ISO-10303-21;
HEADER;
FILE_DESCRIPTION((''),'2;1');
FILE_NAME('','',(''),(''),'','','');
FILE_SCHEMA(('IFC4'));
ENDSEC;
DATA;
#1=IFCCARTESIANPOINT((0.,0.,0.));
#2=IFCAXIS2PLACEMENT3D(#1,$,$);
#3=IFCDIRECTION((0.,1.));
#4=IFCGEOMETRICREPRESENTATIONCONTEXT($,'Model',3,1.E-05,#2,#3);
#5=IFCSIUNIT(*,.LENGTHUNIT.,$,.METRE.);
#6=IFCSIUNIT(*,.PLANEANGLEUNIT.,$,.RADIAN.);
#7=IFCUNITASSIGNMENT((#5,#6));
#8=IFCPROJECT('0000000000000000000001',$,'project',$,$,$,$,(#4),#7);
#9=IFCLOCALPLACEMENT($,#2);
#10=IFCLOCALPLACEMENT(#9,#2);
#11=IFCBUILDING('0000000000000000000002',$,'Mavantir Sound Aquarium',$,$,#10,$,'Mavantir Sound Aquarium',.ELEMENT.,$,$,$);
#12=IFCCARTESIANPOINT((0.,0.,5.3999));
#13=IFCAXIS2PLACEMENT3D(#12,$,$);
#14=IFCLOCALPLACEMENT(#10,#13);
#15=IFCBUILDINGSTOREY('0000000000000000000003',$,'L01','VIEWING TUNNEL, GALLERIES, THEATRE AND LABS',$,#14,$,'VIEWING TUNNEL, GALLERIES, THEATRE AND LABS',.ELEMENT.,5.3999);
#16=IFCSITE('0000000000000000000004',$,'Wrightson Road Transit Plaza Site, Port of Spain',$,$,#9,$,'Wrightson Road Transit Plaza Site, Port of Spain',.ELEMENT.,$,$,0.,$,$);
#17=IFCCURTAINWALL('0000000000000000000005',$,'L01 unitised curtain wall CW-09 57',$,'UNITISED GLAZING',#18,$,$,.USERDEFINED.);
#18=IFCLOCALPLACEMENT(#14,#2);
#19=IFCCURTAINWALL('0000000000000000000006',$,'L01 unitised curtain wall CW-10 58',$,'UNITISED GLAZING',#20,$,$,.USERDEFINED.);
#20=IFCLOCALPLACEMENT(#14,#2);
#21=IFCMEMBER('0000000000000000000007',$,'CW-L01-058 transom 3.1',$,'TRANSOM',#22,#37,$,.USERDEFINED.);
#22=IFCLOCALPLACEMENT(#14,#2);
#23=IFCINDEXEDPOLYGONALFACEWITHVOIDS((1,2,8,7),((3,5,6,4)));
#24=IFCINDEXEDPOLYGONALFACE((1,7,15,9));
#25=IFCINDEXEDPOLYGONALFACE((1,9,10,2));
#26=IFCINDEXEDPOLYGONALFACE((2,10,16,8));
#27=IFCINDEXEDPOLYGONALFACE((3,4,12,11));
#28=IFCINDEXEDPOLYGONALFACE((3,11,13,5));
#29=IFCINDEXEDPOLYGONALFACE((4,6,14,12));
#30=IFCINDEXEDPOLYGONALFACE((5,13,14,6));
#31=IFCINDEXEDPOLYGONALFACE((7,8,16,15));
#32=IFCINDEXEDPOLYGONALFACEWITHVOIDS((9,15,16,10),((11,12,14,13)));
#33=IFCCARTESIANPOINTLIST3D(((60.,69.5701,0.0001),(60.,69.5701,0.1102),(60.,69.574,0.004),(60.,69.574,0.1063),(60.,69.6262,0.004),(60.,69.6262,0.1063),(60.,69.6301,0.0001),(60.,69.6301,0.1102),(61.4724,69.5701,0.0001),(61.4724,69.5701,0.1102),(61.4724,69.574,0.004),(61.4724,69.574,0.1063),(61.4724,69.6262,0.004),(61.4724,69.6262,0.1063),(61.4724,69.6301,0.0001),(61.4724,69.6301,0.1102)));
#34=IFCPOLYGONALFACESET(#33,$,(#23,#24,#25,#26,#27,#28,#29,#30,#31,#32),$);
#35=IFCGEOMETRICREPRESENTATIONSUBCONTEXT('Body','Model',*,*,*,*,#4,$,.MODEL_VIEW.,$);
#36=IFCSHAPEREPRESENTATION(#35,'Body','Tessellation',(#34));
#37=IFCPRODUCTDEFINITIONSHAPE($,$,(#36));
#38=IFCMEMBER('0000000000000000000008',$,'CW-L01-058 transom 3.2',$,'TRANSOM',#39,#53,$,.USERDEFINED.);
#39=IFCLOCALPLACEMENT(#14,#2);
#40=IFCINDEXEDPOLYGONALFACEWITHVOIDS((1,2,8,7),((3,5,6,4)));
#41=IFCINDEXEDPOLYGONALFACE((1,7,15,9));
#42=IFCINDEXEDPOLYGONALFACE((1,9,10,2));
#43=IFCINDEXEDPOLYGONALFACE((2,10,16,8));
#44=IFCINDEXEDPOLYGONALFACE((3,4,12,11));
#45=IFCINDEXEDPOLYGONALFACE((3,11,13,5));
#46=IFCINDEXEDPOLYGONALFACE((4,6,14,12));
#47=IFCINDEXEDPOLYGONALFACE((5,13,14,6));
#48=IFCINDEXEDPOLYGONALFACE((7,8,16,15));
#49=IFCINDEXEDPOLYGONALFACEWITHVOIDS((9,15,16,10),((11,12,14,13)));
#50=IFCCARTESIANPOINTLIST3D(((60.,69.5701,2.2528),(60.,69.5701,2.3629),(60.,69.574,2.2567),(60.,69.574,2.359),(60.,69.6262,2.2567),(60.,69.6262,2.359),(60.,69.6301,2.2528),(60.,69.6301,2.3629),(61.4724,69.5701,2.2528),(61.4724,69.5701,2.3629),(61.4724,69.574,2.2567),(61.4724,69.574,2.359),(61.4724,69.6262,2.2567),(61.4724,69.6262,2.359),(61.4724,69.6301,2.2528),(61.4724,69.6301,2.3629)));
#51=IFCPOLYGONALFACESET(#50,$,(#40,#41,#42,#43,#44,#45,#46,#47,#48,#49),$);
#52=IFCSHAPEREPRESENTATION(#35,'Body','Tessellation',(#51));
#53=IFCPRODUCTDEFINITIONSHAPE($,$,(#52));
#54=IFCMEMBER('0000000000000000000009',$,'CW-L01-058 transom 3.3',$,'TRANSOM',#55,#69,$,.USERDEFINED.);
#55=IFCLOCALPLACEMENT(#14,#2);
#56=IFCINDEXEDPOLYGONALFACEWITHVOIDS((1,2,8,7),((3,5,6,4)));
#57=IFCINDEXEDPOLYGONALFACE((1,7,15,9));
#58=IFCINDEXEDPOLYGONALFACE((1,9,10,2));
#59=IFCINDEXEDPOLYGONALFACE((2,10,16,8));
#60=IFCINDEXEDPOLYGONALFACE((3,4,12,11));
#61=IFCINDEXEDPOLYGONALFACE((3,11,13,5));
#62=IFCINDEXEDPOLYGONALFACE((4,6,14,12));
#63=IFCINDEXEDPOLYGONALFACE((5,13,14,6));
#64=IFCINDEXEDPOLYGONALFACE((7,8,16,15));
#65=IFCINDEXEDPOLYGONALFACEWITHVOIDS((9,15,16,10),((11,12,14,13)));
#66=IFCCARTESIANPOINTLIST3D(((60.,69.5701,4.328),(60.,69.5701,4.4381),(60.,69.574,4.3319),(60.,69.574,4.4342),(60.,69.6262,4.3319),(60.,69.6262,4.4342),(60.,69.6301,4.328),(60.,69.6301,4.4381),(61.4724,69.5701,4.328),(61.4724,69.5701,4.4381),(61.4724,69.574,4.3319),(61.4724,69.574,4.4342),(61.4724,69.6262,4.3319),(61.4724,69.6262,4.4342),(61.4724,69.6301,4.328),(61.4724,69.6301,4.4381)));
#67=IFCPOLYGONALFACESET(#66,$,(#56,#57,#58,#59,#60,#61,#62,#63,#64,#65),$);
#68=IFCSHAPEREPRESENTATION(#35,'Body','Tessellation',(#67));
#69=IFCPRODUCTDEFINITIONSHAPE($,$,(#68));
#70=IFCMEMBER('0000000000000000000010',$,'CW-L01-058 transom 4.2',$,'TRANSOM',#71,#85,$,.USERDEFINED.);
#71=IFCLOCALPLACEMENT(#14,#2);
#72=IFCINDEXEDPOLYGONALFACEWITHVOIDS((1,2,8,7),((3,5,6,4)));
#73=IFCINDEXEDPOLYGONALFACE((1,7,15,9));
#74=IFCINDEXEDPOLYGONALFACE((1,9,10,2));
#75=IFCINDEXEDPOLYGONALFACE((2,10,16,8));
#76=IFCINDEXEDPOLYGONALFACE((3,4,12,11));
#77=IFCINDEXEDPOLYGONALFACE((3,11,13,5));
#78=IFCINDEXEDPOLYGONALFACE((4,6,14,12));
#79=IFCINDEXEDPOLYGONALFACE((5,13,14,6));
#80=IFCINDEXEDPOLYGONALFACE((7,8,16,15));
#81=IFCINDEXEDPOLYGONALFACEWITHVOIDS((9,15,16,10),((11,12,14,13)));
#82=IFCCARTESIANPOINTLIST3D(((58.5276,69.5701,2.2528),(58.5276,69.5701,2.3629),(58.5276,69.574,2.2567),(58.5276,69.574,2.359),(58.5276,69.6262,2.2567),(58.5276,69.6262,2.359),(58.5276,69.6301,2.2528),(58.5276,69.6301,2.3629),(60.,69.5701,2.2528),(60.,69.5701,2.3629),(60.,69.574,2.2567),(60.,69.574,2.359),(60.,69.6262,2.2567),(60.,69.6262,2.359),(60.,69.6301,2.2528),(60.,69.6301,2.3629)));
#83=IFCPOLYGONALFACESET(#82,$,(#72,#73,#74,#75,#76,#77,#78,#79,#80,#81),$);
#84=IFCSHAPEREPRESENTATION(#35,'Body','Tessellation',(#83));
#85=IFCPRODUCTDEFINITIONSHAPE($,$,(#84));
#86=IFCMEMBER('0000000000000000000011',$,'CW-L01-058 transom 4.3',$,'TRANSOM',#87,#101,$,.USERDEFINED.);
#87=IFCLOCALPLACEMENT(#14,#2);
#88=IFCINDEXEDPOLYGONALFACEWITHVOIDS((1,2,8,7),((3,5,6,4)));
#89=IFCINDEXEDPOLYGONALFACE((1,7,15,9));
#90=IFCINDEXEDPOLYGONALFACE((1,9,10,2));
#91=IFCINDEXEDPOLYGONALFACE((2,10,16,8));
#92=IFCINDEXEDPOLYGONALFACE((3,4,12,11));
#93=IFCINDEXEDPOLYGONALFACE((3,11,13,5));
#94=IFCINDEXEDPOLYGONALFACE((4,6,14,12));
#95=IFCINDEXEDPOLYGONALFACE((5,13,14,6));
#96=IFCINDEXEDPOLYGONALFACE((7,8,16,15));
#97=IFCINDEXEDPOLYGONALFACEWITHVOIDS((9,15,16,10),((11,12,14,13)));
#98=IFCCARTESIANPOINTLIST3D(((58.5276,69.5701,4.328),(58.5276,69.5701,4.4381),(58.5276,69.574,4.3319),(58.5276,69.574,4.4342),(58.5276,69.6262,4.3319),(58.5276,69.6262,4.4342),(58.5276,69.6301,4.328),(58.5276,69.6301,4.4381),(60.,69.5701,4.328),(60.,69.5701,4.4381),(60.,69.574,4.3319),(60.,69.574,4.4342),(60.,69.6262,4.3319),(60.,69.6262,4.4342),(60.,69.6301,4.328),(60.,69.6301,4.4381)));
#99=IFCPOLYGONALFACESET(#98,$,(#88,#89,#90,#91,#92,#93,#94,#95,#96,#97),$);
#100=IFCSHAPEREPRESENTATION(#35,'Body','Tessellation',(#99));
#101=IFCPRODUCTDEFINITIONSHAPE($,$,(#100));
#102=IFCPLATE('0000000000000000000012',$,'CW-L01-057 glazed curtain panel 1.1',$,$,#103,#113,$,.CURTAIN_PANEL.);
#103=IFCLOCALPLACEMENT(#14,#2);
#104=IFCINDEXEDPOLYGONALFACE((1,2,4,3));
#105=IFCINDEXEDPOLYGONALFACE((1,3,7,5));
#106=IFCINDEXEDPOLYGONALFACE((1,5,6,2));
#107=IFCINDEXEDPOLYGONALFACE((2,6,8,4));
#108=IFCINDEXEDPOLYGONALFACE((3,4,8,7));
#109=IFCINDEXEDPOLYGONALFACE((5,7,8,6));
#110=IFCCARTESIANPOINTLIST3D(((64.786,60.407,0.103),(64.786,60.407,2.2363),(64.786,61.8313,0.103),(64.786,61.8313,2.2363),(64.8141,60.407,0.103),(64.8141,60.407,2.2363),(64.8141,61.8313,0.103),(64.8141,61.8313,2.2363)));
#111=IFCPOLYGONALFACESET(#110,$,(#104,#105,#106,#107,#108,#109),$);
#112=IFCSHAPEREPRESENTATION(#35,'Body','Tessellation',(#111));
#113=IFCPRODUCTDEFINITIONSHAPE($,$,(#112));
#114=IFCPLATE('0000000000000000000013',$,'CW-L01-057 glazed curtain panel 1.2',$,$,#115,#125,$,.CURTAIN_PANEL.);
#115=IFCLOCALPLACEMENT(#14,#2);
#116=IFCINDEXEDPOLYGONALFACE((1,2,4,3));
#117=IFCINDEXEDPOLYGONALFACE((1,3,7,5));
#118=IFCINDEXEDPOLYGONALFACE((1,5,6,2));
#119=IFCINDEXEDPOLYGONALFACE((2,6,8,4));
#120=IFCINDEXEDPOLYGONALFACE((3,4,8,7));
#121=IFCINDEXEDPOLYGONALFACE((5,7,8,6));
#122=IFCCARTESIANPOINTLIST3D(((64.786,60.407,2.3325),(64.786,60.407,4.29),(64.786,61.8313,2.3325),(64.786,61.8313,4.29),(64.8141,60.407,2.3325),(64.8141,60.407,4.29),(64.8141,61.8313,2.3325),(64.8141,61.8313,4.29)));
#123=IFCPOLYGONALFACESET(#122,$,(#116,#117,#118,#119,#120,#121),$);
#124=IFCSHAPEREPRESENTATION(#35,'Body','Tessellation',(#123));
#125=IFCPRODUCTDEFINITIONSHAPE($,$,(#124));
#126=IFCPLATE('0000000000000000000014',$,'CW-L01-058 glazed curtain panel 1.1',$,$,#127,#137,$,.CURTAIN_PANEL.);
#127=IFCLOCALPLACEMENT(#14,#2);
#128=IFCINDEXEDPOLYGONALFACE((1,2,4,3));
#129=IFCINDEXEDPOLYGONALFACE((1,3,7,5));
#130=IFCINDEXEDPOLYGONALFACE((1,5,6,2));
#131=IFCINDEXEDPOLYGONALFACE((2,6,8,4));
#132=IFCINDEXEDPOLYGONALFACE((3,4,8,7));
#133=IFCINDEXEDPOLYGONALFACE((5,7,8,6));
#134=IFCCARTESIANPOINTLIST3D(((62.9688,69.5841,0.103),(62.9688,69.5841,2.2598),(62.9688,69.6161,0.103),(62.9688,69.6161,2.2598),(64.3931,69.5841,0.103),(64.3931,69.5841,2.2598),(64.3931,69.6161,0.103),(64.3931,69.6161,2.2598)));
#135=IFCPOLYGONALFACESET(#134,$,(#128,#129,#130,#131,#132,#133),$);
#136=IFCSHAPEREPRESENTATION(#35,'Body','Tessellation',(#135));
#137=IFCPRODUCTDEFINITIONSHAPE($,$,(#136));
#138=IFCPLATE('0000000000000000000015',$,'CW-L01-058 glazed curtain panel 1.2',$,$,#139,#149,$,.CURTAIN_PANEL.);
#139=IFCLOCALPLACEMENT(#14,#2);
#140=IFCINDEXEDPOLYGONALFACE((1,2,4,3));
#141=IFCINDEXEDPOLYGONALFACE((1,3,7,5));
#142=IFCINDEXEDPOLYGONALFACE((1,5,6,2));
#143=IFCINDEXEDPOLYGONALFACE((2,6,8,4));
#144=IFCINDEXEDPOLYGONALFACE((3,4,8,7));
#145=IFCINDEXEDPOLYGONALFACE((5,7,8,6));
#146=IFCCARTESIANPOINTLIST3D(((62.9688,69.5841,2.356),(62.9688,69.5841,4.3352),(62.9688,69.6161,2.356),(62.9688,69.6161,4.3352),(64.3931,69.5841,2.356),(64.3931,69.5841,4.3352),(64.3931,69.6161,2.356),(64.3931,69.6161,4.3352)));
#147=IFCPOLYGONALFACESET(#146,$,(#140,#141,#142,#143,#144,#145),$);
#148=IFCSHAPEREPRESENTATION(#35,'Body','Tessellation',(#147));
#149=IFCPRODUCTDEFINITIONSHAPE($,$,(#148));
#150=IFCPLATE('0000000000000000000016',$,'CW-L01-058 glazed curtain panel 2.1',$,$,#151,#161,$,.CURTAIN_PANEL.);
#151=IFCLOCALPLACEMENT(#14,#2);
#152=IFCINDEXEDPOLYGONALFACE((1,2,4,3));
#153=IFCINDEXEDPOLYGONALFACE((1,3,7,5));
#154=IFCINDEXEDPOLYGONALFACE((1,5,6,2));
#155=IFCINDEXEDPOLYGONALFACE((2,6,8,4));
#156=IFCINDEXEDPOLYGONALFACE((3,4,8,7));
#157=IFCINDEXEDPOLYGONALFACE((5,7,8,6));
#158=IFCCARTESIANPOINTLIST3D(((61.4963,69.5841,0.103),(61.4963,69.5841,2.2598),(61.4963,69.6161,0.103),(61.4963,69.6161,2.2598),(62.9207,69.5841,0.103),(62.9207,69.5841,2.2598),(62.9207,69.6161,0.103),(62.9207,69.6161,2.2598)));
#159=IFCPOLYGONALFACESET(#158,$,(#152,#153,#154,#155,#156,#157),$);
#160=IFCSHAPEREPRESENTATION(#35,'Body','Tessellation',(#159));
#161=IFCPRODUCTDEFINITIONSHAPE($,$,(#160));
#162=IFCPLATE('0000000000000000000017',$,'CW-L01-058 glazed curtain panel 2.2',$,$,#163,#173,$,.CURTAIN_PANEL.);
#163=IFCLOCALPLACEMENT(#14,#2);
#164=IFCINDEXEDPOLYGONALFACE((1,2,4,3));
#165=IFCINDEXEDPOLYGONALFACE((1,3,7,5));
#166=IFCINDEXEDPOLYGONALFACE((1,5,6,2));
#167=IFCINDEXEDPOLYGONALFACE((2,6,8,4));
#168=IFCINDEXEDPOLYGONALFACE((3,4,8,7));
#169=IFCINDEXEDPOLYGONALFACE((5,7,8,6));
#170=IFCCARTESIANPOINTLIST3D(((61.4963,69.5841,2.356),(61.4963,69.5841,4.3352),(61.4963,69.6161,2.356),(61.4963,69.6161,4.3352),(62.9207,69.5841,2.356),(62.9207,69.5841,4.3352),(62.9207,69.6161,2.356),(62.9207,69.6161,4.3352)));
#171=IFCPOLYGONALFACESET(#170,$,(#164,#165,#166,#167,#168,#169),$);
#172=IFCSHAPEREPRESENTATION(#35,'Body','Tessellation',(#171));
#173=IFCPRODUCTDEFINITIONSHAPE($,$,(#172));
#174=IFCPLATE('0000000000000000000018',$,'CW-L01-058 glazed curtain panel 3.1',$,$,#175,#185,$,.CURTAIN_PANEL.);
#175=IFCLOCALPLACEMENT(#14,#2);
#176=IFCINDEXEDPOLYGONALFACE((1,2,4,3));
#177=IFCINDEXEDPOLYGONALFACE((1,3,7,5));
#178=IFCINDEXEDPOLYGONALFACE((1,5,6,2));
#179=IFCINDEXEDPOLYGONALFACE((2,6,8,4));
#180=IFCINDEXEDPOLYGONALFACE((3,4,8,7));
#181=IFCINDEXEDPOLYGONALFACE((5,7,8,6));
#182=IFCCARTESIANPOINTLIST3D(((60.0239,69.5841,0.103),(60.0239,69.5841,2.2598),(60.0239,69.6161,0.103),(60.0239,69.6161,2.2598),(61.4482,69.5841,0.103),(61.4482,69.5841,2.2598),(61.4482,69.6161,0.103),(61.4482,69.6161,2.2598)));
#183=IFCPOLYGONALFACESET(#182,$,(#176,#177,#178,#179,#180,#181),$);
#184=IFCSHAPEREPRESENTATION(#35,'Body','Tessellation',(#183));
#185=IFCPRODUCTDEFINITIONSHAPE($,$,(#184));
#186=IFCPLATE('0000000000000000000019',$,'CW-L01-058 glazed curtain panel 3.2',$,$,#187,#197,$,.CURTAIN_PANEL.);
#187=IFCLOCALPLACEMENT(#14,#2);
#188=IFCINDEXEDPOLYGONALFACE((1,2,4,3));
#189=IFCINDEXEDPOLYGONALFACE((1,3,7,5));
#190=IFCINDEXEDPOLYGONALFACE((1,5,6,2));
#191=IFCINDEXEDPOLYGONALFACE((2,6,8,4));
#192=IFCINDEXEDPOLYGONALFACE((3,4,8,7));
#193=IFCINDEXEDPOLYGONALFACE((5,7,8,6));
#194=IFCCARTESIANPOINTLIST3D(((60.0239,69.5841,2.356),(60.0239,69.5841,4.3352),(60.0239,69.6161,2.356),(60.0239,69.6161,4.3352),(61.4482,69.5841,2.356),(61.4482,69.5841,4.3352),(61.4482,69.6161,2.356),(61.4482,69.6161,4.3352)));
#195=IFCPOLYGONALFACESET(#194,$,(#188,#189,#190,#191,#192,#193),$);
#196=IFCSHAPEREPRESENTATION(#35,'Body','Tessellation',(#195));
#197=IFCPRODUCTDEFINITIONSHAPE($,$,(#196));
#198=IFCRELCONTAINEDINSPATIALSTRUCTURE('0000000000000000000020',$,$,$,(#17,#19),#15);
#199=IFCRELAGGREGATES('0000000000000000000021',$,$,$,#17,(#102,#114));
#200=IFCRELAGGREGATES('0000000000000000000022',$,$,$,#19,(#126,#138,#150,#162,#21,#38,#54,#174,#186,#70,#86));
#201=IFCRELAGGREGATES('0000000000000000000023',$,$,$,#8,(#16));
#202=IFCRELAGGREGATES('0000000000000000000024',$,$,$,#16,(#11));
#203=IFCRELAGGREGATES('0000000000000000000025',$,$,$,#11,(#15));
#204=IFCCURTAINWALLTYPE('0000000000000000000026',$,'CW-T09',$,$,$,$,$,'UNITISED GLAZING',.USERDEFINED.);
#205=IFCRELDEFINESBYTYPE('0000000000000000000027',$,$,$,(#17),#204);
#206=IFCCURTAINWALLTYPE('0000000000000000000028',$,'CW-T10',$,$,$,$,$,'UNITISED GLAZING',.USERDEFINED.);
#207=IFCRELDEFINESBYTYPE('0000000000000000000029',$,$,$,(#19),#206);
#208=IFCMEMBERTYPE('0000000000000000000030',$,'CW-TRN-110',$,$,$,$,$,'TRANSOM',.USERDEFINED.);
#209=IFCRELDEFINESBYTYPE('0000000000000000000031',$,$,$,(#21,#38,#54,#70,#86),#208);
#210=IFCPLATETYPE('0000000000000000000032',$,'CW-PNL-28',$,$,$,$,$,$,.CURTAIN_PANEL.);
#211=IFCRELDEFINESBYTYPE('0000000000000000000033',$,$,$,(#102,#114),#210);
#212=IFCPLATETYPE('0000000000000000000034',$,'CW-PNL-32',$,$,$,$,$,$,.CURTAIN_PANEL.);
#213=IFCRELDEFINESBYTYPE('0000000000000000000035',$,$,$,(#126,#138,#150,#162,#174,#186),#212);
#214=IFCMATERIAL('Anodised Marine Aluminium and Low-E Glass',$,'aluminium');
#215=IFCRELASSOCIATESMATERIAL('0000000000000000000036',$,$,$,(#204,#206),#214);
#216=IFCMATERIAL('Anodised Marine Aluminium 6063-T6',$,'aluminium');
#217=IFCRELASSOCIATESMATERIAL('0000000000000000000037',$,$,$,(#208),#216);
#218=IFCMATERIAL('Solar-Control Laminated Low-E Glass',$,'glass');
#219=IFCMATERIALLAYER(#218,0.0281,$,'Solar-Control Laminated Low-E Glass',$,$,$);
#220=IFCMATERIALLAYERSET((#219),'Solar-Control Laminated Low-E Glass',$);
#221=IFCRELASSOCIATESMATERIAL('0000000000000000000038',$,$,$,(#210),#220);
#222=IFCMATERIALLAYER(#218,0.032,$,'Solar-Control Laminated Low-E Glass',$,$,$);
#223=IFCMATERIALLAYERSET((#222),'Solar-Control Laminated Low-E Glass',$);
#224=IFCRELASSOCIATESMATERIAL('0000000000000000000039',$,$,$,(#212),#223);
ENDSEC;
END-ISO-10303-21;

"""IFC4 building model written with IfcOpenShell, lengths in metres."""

from ifc_helpers import new_model, si_unit, direction, frame, origin, origin_2d, place, context, subcontext, project, spatial, rectangle, hollow_rectangle, extrude, material, layer, layer_set, material_profile, profile_set, type_object, element, aggregate, save


model = new_model("IFC4")

# Units and contexts
model_context = context("Model", 3, precision=1e-05, world=origin(), true_north=direction((0.0, 1.0)))
body_context = subcontext(model_context, "Body", "Model", "MODEL_VIEW")
ifc_project = project(units=[si_unit("LENGTHUNIT", "METRE"), si_unit("PLANEANGLEUNIT", "RADIAN")], contexts=[model_context])

# Site, building, storey
site_placement = place(None, origin())
site = spatial("IfcSite", under=ifc_project, at=site_placement, Name="Wrightson Road Transit Plaza Site, Port of Spain", LongName="Wrightson Road Transit Plaza Site, Port of Spain", CompositionType="ELEMENT", RefElevation=0.0)
building_placement = place(site_placement, origin())
building = spatial("IfcBuilding", under=site, at=building_placement, Name="Mavantir Sound Aquarium", LongName="Mavantir Sound Aquarium", CompositionType="ELEMENT")
storey_placement = place(building_placement, frame((0.0, 0.0, 5.3999)))
storey = spatial("IfcBuildingStorey", under=building, at=storey_placement, Name="L01", Description="VIEWING TUNNEL, GALLERIES, THEATRE AND LABS", LongName="VIEWING TUNNEL, GALLERIES, THEATRE AND LABS", CompositionType="ELEMENT", Elevation=5.3999)

# Curtain walls
ifc_material_1 = material(Name="Anodised Marine Aluminium and Low-E Glass", Category="aluminium")
curtain_wall_type_1 = type_object("IfcCurtainWallType", Name="CW-T09", ElementType="UNITISED GLAZING", PredefinedType="USERDEFINED", material=ifc_material_1)
curtain_wall_1_placement = place(storey_placement, origin())
curtain_wall_1 = element("IfcCurtainWall", 1, at=curtain_wall_1_placement, inside=storey, type_object=curtain_wall_type_1, Name="L01 unitised curtain wall CW-09 57", ObjectType="UNITISED GLAZING", PredefinedType="USERDEFINED")
ifc_material_2 = material(Name="Anodised Marine Aluminium 6063-T6", Category="aluminium")
curtain_wall_type_2 = type_object("IfcCurtainWallType", Name="CW-T10", ElementType="UNITISED GLAZING", PredefinedType="USERDEFINED", material=ifc_material_1)
curtain_wall_2_placement = place(storey_placement, origin())
curtain_wall_2 = element("IfcCurtainWall", 2, at=curtain_wall_2_placement, inside=storey, type_object=curtain_wall_type_2, Name="L01 unitised curtain wall CW-10 58", ObjectType="UNITISED GLAZING", PredefinedType="USERDEFINED")

# Members
ifc_material_profile_1 = material_profile(ifc_material_2, hollow_rectangle(XDim=0.0601, YDim=0.1101, WallThickness=0.0039, at=origin_2d()), Name="ALU-TRANSOM-110X60")
ifc_profile_set_1 = profile_set([ifc_material_profile_1], Name="Anodised Marine Aluminium 6063-T6")
member_type_1 = type_object("IfcMemberType", Name="CW-TRN-110", ElementType="TRANSOM", PredefinedType="USERDEFINED", material=ifc_profile_set_1)
member_1_placement = place(storey_placement, frame((61.4724, 69.6001, 0.0552), z_axis=(-1.0, 0.0, 0.0), x_axis=(0.0, -1.0, 0.0)))
member_1 = element("IfcMember", 3, at=member_1_placement, type_object=member_type_1, Name="CW-L01-058 transom 3.1", ObjectType="TRANSOM", PredefinedType="USERDEFINED", context=body_context, shape_type="SweptSolid", body=[
    extrude(hollow_rectangle(XDim=0.0601, YDim=0.1101, WallThickness=0.0039, at=origin_2d()), origin(), (0.0, 0.0, 1.0), 1.4724),
])
member_2_placement = place(storey_placement, frame((61.4724, 69.6001, 2.3079), z_axis=(-1.0, 0.0, 0.0), x_axis=(0.0, -1.0, 0.0)))
member_2 = element("IfcMember", 4, at=member_2_placement, type_object=member_type_1, Name="CW-L01-058 transom 3.2", ObjectType="TRANSOM", PredefinedType="USERDEFINED", context=body_context, shape_type="SweptSolid", body=[
    extrude(hollow_rectangle(XDim=0.0601, YDim=0.1101, WallThickness=0.0039, at=origin_2d()), origin(), (0.0, 0.0, 1.0), 1.4724),
])
member_3_placement = place(storey_placement, frame((61.4724, 69.6001, 4.3831), z_axis=(-1.0, 0.0, 0.0), x_axis=(0.0, -1.0, 0.0)))
member_3 = element("IfcMember", 5, at=member_3_placement, type_object=member_type_1, Name="CW-L01-058 transom 3.3", ObjectType="TRANSOM", PredefinedType="USERDEFINED", context=body_context, shape_type="SweptSolid", body=[
    extrude(hollow_rectangle(XDim=0.0601, YDim=0.1101, WallThickness=0.0039, at=origin_2d()), origin(), (0.0, 0.0, 1.0), 1.4724),
])
member_4_placement = place(storey_placement, frame((60.0, 69.6001, 2.3079), z_axis=(-1.0, 0.0, 0.0), x_axis=(0.0, -1.0, 0.0)))
member_4 = element("IfcMember", 6, at=member_4_placement, type_object=member_type_1, Name="CW-L01-058 transom 4.2", ObjectType="TRANSOM", PredefinedType="USERDEFINED", context=body_context, shape_type="SweptSolid", body=[
    extrude(hollow_rectangle(XDim=0.0601, YDim=0.1101, WallThickness=0.0039, at=origin_2d()), origin(), (0.0, 0.0, 1.0), 1.4724),
])
member_5_placement = place(storey_placement, frame((60.0, 69.6001, 4.3831), z_axis=(-1.0, 0.0, 0.0), x_axis=(0.0, -1.0, 0.0)))
member_5 = element("IfcMember", 7, at=member_5_placement, type_object=member_type_1, Name="CW-L01-058 transom 4.3", ObjectType="TRANSOM", PredefinedType="USERDEFINED", context=body_context, shape_type="SweptSolid", body=[
    extrude(hollow_rectangle(XDim=0.0601, YDim=0.1101, WallThickness=0.0039, at=origin_2d()), origin(), (0.0, 0.0, 1.0), 1.4724),
])

# Plates
ifc_material_3 = material(Name="Solar-Control Laminated Low-E Glass", Category="glass")
ifc_layer_1 = layer(ifc_material_3, 0.0281, Name="Solar-Control Laminated Low-E Glass")
ifc_layer_set_1 = layer_set([ifc_layer_1], Name="Solar-Control Laminated Low-E Glass")
plate_type_1 = type_object("IfcPlateType", Name="CW-PNL-28", PredefinedType="CURTAIN_PANEL", material=ifc_layer_set_1)
plate_1_placement = place(storey_placement, frame((64.8, 61.1191, 0.103), z_axis=(0.0, 0.0, 1.0), x_axis=(0.0, 1.0, 0.0)))
plate_1 = element("IfcPlate", 8, at=plate_1_placement, type_object=plate_type_1, Name="CW-L01-057 glazed curtain panel 1.1", PredefinedType="CURTAIN_PANEL", context=body_context, shape_type="SweptSolid", body=[
    extrude(rectangle(XDim=1.4243, YDim=0.0281, at=origin_2d()), origin(), (0.0, 0.0, 1.0), 2.1333),
])
plate_2_placement = place(storey_placement, frame((64.8, 61.1191, 2.3325), z_axis=(0.0, 0.0, 1.0), x_axis=(0.0, 1.0, 0.0)))
plate_2 = element("IfcPlate", 9, at=plate_2_placement, type_object=plate_type_1, Name="CW-L01-057 glazed curtain panel 1.2", PredefinedType="CURTAIN_PANEL", context=body_context, shape_type="SweptSolid", body=[
    extrude(rectangle(XDim=1.4243, YDim=0.0281, at=origin_2d()), origin(), (0.0, 0.0, 1.0), 1.9575),
])
aggregate(curtain_wall_1, [plate_1, plate_2])
ifc_layer_2 = layer(ifc_material_3, 0.032, Name="Solar-Control Laminated Low-E Glass")
ifc_layer_set_2 = layer_set([ifc_layer_2], Name="Solar-Control Laminated Low-E Glass")
plate_type_2 = type_object("IfcPlateType", Name="CW-PNL-32", PredefinedType="CURTAIN_PANEL", material=ifc_layer_set_2)
plate_3_placement = place(storey_placement, frame((63.6809, 69.6001, 0.103), z_axis=(0.0, 0.0, 1.0), x_axis=(-1.0, 0.0, 0.0)))
plate_3 = element("IfcPlate", 10, at=plate_3_placement, type_object=plate_type_2, Name="CW-L01-058 glazed curtain panel 1.1", PredefinedType="CURTAIN_PANEL", context=body_context, shape_type="SweptSolid", body=[
    extrude(rectangle(XDim=1.4243, YDim=0.032, at=origin_2d()), origin(), (0.0, 0.0, 1.0), 2.1567),
])
plate_4_placement = place(storey_placement, frame((63.6809, 69.6001, 2.356), z_axis=(0.0, 0.0, 1.0), x_axis=(-1.0, 0.0, 0.0)))
plate_4 = element("IfcPlate", 11, at=plate_4_placement, type_object=plate_type_2, Name="CW-L01-058 glazed curtain panel 1.2", PredefinedType="CURTAIN_PANEL", context=body_context, shape_type="SweptSolid", body=[
    extrude(rectangle(XDim=1.4243, YDim=0.032, at=origin_2d()), origin(), (0.0, 0.0, 1.0), 1.9792),
])
plate_5_placement = place(storey_placement, frame((62.2085, 69.6001, 0.103), z_axis=(0.0, 0.0, 1.0), x_axis=(-1.0, 0.0, 0.0)))
plate_5 = element("IfcPlate", 12, at=plate_5_placement, type_object=plate_type_2, Name="CW-L01-058 glazed curtain panel 2.1", PredefinedType="CURTAIN_PANEL", context=body_context, shape_type="SweptSolid", body=[
    extrude(rectangle(XDim=1.4243, YDim=0.032, at=origin_2d()), origin(), (0.0, 0.0, 1.0), 2.1567),
])
plate_6_placement = place(storey_placement, frame((62.2085, 69.6001, 2.356), z_axis=(0.0, 0.0, 1.0), x_axis=(-1.0, 0.0, 0.0)))
plate_6 = element("IfcPlate", 13, at=plate_6_placement, type_object=plate_type_2, Name="CW-L01-058 glazed curtain panel 2.2", PredefinedType="CURTAIN_PANEL", context=body_context, shape_type="SweptSolid", body=[
    extrude(rectangle(XDim=1.4243, YDim=0.032, at=origin_2d()), origin(), (0.0, 0.0, 1.0), 1.9792),
])
plate_7_placement = place(storey_placement, frame((60.7361, 69.6001, 0.103), z_axis=(0.0, 0.0, 1.0), x_axis=(-1.0, 0.0, 0.0)))
plate_7 = element("IfcPlate", 14, at=plate_7_placement, type_object=plate_type_2, Name="CW-L01-058 glazed curtain panel 3.1", PredefinedType="CURTAIN_PANEL", context=body_context, shape_type="SweptSolid", body=[
    extrude(rectangle(XDim=1.4243, YDim=0.032, at=origin_2d()), origin(), (0.0, 0.0, 1.0), 2.1567),
])
plate_8_placement = place(storey_placement, frame((60.7361, 69.6001, 2.356), z_axis=(0.0, 0.0, 1.0), x_axis=(-1.0, 0.0, 0.0)))
plate_8 = element("IfcPlate", 15, at=plate_8_placement, type_object=plate_type_2, Name="CW-L01-058 glazed curtain panel 3.2", PredefinedType="CURTAIN_PANEL", context=body_context, shape_type="SweptSolid", body=[
    extrude(rectangle(XDim=1.4243, YDim=0.032, at=origin_2d()), origin(), (0.0, 0.0, 1.0), 1.9792),
])
aggregate(curtain_wall_2, [plate_3, plate_4, plate_5, plate_6, member_1, member_2, member_3, plate_7, plate_8, member_4, member_5])

save(model, "model.ifc")
